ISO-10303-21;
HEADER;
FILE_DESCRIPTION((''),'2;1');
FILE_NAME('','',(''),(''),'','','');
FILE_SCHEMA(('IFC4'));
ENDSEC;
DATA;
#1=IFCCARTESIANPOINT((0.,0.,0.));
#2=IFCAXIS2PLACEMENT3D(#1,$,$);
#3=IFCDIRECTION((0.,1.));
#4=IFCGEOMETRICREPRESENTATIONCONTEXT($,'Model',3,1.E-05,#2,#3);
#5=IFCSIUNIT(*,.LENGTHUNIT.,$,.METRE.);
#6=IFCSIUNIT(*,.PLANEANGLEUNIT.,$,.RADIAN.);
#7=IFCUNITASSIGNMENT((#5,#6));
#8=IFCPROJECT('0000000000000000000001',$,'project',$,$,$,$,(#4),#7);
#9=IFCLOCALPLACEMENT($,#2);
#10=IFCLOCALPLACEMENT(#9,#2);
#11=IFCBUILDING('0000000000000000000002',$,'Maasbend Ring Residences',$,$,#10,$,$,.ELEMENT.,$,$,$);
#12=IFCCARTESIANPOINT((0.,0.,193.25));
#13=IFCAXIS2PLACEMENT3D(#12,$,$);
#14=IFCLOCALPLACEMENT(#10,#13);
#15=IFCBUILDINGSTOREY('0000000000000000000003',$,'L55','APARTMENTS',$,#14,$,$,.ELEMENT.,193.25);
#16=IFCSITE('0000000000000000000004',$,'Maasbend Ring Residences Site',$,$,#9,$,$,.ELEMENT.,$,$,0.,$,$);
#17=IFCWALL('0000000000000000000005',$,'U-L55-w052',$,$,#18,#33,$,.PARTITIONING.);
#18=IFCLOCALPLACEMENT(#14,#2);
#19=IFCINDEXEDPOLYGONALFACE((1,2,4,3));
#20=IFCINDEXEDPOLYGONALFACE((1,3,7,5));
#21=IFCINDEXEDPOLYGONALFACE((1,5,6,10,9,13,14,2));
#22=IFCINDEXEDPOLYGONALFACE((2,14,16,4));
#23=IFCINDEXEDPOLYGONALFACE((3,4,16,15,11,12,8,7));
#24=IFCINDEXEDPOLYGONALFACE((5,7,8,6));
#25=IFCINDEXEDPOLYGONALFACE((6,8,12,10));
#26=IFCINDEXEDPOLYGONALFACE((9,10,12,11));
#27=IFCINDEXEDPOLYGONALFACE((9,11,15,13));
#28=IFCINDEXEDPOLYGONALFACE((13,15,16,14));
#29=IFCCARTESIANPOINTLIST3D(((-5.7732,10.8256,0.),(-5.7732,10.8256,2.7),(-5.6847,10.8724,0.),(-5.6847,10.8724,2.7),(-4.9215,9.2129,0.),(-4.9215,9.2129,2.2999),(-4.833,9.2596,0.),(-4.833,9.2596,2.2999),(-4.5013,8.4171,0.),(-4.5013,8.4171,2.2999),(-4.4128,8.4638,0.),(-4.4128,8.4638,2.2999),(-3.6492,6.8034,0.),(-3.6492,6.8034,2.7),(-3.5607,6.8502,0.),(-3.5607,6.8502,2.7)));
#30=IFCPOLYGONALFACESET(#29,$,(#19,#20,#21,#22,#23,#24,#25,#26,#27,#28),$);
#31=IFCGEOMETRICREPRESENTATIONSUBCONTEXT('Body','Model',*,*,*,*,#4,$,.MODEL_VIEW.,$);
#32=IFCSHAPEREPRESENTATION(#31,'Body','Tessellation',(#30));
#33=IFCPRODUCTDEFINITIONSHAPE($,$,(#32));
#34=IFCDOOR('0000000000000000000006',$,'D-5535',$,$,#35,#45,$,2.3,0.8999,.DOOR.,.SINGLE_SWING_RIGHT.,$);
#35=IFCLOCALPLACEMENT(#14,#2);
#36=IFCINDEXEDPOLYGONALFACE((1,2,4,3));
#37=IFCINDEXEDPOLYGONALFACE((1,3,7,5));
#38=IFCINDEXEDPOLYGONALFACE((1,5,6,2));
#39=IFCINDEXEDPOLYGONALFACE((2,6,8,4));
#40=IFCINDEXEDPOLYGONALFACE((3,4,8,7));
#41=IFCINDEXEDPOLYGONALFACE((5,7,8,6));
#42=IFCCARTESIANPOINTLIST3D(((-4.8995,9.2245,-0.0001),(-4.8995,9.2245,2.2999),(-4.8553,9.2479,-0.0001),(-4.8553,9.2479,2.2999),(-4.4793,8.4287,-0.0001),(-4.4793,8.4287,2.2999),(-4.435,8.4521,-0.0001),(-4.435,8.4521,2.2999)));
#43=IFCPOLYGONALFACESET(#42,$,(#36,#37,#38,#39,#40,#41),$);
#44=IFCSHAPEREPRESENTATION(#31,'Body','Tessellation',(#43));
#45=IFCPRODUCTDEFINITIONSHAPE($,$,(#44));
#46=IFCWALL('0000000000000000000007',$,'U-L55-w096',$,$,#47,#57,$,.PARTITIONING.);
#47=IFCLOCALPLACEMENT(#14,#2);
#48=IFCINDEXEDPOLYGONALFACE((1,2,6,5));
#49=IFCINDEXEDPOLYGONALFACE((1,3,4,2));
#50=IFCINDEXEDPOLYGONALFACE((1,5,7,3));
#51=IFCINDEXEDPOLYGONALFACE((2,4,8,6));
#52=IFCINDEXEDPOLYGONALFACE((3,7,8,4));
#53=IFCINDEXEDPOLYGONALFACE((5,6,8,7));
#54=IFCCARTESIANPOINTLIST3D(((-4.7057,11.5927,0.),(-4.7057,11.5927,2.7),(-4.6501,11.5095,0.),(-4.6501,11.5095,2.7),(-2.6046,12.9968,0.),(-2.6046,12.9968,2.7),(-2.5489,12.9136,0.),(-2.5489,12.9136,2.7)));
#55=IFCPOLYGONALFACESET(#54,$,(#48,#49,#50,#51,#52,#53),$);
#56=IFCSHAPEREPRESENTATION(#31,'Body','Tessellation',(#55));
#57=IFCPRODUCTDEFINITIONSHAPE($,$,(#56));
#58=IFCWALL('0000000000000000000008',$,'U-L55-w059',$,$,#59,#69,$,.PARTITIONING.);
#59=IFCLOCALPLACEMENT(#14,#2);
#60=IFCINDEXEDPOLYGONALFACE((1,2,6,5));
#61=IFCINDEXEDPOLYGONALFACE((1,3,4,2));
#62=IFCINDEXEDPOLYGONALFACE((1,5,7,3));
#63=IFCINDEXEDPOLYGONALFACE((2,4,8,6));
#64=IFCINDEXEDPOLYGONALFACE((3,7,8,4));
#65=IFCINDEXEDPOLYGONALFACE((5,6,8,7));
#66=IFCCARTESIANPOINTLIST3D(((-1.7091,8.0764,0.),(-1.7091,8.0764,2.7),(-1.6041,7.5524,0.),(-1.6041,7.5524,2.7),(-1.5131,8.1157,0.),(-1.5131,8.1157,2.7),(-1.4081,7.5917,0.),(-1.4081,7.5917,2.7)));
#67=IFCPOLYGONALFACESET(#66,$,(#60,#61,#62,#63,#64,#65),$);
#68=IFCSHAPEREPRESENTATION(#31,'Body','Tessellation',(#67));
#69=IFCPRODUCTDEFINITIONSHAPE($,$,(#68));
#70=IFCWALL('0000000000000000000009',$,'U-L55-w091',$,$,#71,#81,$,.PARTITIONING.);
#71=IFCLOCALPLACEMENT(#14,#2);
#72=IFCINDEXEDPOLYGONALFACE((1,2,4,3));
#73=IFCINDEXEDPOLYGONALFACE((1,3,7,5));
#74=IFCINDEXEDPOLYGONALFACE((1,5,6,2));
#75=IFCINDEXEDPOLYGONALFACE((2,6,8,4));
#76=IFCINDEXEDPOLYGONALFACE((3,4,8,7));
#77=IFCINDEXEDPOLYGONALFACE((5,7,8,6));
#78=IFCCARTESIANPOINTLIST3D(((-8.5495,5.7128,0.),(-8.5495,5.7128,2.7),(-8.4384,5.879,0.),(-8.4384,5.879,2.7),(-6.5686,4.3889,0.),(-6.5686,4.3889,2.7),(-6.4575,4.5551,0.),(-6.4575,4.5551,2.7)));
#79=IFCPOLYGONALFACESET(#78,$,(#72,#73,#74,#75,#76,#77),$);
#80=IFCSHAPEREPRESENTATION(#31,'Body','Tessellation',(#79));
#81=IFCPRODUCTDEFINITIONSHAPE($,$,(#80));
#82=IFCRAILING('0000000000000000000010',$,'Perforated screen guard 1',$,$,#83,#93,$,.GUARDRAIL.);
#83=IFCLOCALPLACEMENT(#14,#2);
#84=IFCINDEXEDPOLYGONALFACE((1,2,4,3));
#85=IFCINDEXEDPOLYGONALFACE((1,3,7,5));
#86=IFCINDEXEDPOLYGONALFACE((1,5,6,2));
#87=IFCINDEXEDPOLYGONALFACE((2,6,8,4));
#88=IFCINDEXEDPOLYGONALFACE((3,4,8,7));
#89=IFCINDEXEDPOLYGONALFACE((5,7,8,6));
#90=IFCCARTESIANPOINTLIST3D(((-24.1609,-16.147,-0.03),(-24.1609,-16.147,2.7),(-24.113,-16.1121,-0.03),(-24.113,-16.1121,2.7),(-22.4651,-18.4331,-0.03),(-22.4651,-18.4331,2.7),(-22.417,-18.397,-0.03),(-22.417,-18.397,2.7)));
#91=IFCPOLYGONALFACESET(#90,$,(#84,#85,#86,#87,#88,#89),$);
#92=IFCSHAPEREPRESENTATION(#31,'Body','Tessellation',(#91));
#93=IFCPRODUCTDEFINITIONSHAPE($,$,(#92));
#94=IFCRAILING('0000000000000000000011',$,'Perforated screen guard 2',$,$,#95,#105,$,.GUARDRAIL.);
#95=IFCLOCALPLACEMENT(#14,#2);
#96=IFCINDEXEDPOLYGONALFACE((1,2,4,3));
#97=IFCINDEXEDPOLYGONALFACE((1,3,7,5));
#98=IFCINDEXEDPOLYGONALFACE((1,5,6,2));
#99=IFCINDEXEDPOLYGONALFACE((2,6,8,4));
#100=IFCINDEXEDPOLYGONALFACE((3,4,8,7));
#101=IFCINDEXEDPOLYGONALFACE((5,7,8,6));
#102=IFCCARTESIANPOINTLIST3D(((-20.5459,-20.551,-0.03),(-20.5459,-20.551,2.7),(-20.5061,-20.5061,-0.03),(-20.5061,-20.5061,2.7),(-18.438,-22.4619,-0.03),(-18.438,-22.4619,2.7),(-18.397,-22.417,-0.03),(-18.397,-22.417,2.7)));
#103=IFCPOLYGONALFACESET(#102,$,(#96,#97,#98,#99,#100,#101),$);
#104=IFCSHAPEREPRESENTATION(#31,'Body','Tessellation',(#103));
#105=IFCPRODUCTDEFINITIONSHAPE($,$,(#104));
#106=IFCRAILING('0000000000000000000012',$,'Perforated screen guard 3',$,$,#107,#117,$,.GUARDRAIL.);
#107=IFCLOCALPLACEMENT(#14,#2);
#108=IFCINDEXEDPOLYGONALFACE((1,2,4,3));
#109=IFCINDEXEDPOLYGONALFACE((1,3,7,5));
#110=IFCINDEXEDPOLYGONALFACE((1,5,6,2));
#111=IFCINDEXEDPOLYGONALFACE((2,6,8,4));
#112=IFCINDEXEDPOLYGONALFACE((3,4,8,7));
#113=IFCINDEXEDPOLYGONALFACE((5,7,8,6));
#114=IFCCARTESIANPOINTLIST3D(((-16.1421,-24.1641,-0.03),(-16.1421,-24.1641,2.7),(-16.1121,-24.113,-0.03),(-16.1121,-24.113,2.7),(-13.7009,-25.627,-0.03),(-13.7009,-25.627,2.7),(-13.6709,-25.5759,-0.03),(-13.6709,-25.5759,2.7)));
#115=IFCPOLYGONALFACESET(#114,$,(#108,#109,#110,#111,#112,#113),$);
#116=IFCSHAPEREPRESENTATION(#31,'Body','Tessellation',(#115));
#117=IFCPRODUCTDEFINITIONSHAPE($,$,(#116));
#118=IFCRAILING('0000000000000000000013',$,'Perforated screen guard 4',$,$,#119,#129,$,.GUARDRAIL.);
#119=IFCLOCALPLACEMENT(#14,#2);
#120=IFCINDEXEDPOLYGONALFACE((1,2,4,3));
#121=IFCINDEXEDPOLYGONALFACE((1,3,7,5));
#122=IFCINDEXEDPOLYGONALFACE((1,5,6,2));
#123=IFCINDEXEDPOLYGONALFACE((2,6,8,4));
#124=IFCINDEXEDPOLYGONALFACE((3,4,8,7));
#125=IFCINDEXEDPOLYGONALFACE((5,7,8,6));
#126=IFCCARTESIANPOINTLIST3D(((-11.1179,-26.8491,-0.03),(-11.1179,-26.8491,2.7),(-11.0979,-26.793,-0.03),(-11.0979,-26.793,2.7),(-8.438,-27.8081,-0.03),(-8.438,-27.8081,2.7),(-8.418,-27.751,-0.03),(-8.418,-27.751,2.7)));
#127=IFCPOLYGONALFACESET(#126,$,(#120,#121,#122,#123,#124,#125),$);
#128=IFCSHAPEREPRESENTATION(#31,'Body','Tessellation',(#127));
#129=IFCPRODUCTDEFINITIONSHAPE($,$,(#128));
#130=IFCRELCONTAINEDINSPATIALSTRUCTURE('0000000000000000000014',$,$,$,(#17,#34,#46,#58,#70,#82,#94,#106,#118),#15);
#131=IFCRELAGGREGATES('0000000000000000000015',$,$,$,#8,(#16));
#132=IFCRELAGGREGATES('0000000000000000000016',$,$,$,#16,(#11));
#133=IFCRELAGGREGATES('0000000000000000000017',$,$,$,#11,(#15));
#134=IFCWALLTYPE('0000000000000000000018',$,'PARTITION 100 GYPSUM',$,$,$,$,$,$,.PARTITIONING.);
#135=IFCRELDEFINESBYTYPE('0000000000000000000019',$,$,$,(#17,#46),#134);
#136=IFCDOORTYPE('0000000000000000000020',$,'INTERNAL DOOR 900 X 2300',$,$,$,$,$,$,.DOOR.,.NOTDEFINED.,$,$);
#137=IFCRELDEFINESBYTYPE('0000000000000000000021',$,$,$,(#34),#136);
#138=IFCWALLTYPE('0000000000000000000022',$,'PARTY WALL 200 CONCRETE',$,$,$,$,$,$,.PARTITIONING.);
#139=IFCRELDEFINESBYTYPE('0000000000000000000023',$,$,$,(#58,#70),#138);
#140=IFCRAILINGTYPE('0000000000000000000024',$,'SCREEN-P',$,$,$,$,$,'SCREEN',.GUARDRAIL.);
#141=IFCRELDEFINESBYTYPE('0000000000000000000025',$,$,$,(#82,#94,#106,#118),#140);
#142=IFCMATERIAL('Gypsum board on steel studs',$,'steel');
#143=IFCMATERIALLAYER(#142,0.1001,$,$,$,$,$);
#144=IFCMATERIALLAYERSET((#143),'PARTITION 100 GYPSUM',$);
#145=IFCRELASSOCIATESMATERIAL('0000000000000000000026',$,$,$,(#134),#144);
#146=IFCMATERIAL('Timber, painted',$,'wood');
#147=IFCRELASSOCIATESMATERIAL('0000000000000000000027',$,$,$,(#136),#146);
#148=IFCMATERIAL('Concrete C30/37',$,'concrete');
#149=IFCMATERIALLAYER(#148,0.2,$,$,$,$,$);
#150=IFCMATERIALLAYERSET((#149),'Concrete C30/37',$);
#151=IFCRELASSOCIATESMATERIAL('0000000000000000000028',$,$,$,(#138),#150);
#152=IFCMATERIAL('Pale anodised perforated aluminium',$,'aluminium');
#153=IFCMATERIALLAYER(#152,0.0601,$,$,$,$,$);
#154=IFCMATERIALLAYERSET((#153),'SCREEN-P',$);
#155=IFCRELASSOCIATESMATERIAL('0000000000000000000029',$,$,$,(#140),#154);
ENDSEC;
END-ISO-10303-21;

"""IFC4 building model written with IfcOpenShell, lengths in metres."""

from ifc_helpers import new_model, si_unit, direction, frame, frame_2d, origin, place, context, subcontext, project, spatial, polyline, rectangle, outline, extrude, material, layer, layer_set, type_object, element, fill, save


model = new_model("IFC4")

# Units and contexts
model_context = context("Model", 3, precision=1e-05, world=origin(), true_north=direction((0.0, 1.0)))
body_context = subcontext(model_context, "Body", "Model", "MODEL_VIEW")
ifc_project = project(units=[si_unit("LENGTHUNIT", "METRE"), si_unit("PLANEANGLEUNIT", "RADIAN")], contexts=[model_context])

# Site, building, storey
site_placement = place(None, origin())
site = spatial("IfcSite", under=ifc_project, at=site_placement, Name="Maasbend Ring Residences Site", CompositionType="ELEMENT", RefElevation=0.0)
building_placement = place(site_placement, origin())
building = spatial("IfcBuilding", under=site, at=building_placement, Name="Maasbend Ring Residences", CompositionType="ELEMENT")
storey_placement = place(building_placement, frame((0.0, 0.0, 193.25)))
storey = spatial("IfcBuildingStorey", under=building, at=storey_placement, Name="L55", Description="APARTMENTS", CompositionType="ELEMENT", Elevation=193.25)

# Wall, opening, door
ifc_material_1 = material(Name="Gypsum board on steel studs", Category="steel")
ifc_layer_1 = layer(ifc_material_1, 0.1001)
ifc_layer_set_1 = layer_set([ifc_layer_1], Name="PARTITION 100 GYPSUM")
wall_type_1 = type_object("IfcWallType", Name="PARTITION 100 GYPSUM", PredefinedType="PARTITIONING", material=ifc_layer_set_1)
wall_1_placement = place(storey_placement, frame((-5.729, 10.8491, 0.0), z_axis=(0.0, 0.0, 1.0), x_axis=(0.466963, -0.884277, 0.0)))
wall_1 = element("IfcWall", 1, at=wall_1_placement, inside=storey, type_object=wall_type_1, Name="U-L55-w052", PredefinedType="PARTITIONING", context=body_context, shape_type="SweptSolid", body=[
    extrude(rectangle(XDim=4.5486, YDim=0.1001, at=frame_2d((2.2744, 0.0))), origin(), (0.0, 0.0, 1.0), 2.7),
])
opening_placement = place(wall_1_placement, frame((1.824, 0.0, 0.0)))
opening = element("IfcOpeningElement", 2, at=opening_placement, cuts=wall_1, PredefinedType="OPENING", context=body_context, shape_type="SweptSolid", body=[
    extrude(rectangle(XDim=0.8999, YDim=2.3, at=frame_2d((0.45, 1.1499))), frame((0.0, 0.0601, 0.0), z_axis=(0.0, -1.0, 0.0), x_axis=(1.0, 0.0, 0.0)), (0.0, 0.0, 1.0), 0.1201),
])
ifc_material_2 = material(Name="Timber, painted", Category="wood")
door_type = type_object("IfcDoorType", Name="INTERNAL DOOR 900 X 2300", OperationType="NOTDEFINED", PredefinedType="DOOR", material=ifc_material_2)
door_placement = place(opening_placement, origin())
door = element("IfcDoor", 3, at=door_placement, inside=storey, type_object=door_type, Name="D-5535", OperationType="SINGLE_SWING_RIGHT", OverallHeight=2.3, OverallWidth=0.8999, PredefinedType="DOOR", context=body_context, shape_type="SweptSolid", body=[
    extrude(rectangle(XDim=0.8999, YDim=2.3, at=frame_2d((0.45, 1.1499))), frame((0.0, 0.0249, 0.0), z_axis=(0.0, -1.0, 0.0), x_axis=(1.0, 0.0, 0.0)), (0.0, 0.0, 1.0), 0.05),
])
fill(opening, door)

# Walls
wall_2_placement = place(storey_placement, frame((-4.678, 11.551, 0.0), z_axis=(0.0, 0.0, 1.0), x_axis=(0.83144, 0.555614, 0.0)))
element("IfcWall", 4, at=wall_2_placement, inside=storey, type_object=wall_type_1, Name="U-L55-w096", PredefinedType="PARTITIONING", context=body_context, shape_type="SweptSolid", body=[
    extrude(rectangle(XDim=2.5271, YDim=0.1001, at=frame_2d((1.2637, 0.0))), origin(), (0.0, 0.0, 1.0), 2.7),
])
ifc_material_3 = material(Name="Concrete C30/37", Category="concrete")
ifc_layer_2 = layer(ifc_material_3, 0.2)
ifc_layer_set_2 = layer_set([ifc_layer_2], Name="Concrete C30/37")
wall_type_2 = type_object("IfcWallType", Name="PARTY WALL 200 CONCRETE", PredefinedType="PARTITIONING", material=ifc_layer_set_2)
wall_3_placement = place(storey_placement, frame((-1.6111, 8.0959, 0.0), z_axis=(0.0, 0.0, 1.0), x_axis=(0.196468, -0.98051, 0.0)))
element("IfcWall", 5, at=wall_3_placement, inside=storey, type_object=wall_type_2, Name="U-L55-w059", PredefinedType="PARTITIONING", context=body_context, shape_type="SweptSolid", body=[
    extrude(rectangle(XDim=0.5344, YDim=0.2, at=frame_2d((0.2671, 0.0))), origin(), (0.0, 0.0, 1.0), 2.7),
])
wall_4_placement = place(storey_placement, frame((-6.5129, 4.4719, 0.0), z_axis=(0.0, 0.0, 1.0), x_axis=(-0.831403, 0.555669, 0.0)))
element("IfcWall", 6, at=wall_4_placement, inside=storey, type_object=wall_type_2, Name="U-L55-w091", PredefinedType="PARTITIONING", context=body_context, shape_type="SweptSolid", body=[
    extrude(rectangle(XDim=2.3826, YDim=0.2, at=frame_2d((1.1914, 0.0))), origin(), (0.0, 0.0, 1.0), 2.7),
])

# Railings
ifc_material_4 = material(Name="Pale anodised perforated aluminium", Category="aluminium")
ifc_layer_3 = layer(ifc_material_4, 0.0601)
ifc_layer_set_3 = layer_set([ifc_layer_3], Name="SCREEN-P")
railing_type = type_object("IfcRailingType", Name="SCREEN-P", ElementType="SCREEN", PredefinedType="GUARDRAIL", material=ifc_layer_set_3)
railing_1_placement = place(storey_placement, frame((0.0, 0.0, -0.03)))
element("IfcRailing", 7, at=railing_1_placement, inside=storey, type_object=railing_type, Name="Perforated screen guard 1", PredefinedType="GUARDRAIL", context=body_context, shape_type="SweptSolid", body=[
    extrude(outline(polyline([(-24.113, -16.1121), (-22.417, -18.397), (-22.4651, -18.4331), (-24.1609, -16.147), (-24.113, -16.1121)])), origin(), (0.0, 0.0, 1.0), 2.73),
])
railing_2_placement = place(storey_placement, frame((0.0, 0.0, -0.03)))
element("IfcRailing", 8, at=railing_2_placement, inside=storey, type_object=railing_type, Name="Perforated screen guard 2", PredefinedType="GUARDRAIL", context=body_context, shape_type="SweptSolid", body=[
    extrude(outline(polyline([(-20.5061, -20.5061), (-18.397, -22.417), (-18.438, -22.4619), (-20.5459, -20.551), (-20.5061, -20.5061)])), origin(), (0.0, 0.0, 1.0), 2.73),
])
railing_3_placement = place(storey_placement, frame((0.0, 0.0, -0.03)))
element("IfcRailing", 9, at=railing_3_placement, inside=storey, type_object=railing_type, Name="Perforated screen guard 3", PredefinedType="GUARDRAIL", context=body_context, shape_type="SweptSolid", body=[
    extrude(outline(polyline([(-16.1121, -24.113), (-13.6709, -25.5759), (-13.7009, -25.627), (-16.1421, -24.1641), (-16.1121, -24.113)])), origin(), (0.0, 0.0, 1.0), 2.73),
])
railing_4_placement = place(storey_placement, frame((0.0, 0.0, -0.03)))
element("IfcRailing", 10, at=railing_4_placement, inside=storey, type_object=railing_type, Name="Perforated screen guard 4", PredefinedType="GUARDRAIL", context=body_context, shape_type="SweptSolid", body=[
    extrude(outline(polyline([(-11.0979, -26.793), (-8.418, -27.751), (-8.438, -27.8081), (-11.1179, -26.8491), (-11.0979, -26.793)])), origin(), (0.0, 0.0, 1.0), 2.73),
])

save(model, "model.ifc")
